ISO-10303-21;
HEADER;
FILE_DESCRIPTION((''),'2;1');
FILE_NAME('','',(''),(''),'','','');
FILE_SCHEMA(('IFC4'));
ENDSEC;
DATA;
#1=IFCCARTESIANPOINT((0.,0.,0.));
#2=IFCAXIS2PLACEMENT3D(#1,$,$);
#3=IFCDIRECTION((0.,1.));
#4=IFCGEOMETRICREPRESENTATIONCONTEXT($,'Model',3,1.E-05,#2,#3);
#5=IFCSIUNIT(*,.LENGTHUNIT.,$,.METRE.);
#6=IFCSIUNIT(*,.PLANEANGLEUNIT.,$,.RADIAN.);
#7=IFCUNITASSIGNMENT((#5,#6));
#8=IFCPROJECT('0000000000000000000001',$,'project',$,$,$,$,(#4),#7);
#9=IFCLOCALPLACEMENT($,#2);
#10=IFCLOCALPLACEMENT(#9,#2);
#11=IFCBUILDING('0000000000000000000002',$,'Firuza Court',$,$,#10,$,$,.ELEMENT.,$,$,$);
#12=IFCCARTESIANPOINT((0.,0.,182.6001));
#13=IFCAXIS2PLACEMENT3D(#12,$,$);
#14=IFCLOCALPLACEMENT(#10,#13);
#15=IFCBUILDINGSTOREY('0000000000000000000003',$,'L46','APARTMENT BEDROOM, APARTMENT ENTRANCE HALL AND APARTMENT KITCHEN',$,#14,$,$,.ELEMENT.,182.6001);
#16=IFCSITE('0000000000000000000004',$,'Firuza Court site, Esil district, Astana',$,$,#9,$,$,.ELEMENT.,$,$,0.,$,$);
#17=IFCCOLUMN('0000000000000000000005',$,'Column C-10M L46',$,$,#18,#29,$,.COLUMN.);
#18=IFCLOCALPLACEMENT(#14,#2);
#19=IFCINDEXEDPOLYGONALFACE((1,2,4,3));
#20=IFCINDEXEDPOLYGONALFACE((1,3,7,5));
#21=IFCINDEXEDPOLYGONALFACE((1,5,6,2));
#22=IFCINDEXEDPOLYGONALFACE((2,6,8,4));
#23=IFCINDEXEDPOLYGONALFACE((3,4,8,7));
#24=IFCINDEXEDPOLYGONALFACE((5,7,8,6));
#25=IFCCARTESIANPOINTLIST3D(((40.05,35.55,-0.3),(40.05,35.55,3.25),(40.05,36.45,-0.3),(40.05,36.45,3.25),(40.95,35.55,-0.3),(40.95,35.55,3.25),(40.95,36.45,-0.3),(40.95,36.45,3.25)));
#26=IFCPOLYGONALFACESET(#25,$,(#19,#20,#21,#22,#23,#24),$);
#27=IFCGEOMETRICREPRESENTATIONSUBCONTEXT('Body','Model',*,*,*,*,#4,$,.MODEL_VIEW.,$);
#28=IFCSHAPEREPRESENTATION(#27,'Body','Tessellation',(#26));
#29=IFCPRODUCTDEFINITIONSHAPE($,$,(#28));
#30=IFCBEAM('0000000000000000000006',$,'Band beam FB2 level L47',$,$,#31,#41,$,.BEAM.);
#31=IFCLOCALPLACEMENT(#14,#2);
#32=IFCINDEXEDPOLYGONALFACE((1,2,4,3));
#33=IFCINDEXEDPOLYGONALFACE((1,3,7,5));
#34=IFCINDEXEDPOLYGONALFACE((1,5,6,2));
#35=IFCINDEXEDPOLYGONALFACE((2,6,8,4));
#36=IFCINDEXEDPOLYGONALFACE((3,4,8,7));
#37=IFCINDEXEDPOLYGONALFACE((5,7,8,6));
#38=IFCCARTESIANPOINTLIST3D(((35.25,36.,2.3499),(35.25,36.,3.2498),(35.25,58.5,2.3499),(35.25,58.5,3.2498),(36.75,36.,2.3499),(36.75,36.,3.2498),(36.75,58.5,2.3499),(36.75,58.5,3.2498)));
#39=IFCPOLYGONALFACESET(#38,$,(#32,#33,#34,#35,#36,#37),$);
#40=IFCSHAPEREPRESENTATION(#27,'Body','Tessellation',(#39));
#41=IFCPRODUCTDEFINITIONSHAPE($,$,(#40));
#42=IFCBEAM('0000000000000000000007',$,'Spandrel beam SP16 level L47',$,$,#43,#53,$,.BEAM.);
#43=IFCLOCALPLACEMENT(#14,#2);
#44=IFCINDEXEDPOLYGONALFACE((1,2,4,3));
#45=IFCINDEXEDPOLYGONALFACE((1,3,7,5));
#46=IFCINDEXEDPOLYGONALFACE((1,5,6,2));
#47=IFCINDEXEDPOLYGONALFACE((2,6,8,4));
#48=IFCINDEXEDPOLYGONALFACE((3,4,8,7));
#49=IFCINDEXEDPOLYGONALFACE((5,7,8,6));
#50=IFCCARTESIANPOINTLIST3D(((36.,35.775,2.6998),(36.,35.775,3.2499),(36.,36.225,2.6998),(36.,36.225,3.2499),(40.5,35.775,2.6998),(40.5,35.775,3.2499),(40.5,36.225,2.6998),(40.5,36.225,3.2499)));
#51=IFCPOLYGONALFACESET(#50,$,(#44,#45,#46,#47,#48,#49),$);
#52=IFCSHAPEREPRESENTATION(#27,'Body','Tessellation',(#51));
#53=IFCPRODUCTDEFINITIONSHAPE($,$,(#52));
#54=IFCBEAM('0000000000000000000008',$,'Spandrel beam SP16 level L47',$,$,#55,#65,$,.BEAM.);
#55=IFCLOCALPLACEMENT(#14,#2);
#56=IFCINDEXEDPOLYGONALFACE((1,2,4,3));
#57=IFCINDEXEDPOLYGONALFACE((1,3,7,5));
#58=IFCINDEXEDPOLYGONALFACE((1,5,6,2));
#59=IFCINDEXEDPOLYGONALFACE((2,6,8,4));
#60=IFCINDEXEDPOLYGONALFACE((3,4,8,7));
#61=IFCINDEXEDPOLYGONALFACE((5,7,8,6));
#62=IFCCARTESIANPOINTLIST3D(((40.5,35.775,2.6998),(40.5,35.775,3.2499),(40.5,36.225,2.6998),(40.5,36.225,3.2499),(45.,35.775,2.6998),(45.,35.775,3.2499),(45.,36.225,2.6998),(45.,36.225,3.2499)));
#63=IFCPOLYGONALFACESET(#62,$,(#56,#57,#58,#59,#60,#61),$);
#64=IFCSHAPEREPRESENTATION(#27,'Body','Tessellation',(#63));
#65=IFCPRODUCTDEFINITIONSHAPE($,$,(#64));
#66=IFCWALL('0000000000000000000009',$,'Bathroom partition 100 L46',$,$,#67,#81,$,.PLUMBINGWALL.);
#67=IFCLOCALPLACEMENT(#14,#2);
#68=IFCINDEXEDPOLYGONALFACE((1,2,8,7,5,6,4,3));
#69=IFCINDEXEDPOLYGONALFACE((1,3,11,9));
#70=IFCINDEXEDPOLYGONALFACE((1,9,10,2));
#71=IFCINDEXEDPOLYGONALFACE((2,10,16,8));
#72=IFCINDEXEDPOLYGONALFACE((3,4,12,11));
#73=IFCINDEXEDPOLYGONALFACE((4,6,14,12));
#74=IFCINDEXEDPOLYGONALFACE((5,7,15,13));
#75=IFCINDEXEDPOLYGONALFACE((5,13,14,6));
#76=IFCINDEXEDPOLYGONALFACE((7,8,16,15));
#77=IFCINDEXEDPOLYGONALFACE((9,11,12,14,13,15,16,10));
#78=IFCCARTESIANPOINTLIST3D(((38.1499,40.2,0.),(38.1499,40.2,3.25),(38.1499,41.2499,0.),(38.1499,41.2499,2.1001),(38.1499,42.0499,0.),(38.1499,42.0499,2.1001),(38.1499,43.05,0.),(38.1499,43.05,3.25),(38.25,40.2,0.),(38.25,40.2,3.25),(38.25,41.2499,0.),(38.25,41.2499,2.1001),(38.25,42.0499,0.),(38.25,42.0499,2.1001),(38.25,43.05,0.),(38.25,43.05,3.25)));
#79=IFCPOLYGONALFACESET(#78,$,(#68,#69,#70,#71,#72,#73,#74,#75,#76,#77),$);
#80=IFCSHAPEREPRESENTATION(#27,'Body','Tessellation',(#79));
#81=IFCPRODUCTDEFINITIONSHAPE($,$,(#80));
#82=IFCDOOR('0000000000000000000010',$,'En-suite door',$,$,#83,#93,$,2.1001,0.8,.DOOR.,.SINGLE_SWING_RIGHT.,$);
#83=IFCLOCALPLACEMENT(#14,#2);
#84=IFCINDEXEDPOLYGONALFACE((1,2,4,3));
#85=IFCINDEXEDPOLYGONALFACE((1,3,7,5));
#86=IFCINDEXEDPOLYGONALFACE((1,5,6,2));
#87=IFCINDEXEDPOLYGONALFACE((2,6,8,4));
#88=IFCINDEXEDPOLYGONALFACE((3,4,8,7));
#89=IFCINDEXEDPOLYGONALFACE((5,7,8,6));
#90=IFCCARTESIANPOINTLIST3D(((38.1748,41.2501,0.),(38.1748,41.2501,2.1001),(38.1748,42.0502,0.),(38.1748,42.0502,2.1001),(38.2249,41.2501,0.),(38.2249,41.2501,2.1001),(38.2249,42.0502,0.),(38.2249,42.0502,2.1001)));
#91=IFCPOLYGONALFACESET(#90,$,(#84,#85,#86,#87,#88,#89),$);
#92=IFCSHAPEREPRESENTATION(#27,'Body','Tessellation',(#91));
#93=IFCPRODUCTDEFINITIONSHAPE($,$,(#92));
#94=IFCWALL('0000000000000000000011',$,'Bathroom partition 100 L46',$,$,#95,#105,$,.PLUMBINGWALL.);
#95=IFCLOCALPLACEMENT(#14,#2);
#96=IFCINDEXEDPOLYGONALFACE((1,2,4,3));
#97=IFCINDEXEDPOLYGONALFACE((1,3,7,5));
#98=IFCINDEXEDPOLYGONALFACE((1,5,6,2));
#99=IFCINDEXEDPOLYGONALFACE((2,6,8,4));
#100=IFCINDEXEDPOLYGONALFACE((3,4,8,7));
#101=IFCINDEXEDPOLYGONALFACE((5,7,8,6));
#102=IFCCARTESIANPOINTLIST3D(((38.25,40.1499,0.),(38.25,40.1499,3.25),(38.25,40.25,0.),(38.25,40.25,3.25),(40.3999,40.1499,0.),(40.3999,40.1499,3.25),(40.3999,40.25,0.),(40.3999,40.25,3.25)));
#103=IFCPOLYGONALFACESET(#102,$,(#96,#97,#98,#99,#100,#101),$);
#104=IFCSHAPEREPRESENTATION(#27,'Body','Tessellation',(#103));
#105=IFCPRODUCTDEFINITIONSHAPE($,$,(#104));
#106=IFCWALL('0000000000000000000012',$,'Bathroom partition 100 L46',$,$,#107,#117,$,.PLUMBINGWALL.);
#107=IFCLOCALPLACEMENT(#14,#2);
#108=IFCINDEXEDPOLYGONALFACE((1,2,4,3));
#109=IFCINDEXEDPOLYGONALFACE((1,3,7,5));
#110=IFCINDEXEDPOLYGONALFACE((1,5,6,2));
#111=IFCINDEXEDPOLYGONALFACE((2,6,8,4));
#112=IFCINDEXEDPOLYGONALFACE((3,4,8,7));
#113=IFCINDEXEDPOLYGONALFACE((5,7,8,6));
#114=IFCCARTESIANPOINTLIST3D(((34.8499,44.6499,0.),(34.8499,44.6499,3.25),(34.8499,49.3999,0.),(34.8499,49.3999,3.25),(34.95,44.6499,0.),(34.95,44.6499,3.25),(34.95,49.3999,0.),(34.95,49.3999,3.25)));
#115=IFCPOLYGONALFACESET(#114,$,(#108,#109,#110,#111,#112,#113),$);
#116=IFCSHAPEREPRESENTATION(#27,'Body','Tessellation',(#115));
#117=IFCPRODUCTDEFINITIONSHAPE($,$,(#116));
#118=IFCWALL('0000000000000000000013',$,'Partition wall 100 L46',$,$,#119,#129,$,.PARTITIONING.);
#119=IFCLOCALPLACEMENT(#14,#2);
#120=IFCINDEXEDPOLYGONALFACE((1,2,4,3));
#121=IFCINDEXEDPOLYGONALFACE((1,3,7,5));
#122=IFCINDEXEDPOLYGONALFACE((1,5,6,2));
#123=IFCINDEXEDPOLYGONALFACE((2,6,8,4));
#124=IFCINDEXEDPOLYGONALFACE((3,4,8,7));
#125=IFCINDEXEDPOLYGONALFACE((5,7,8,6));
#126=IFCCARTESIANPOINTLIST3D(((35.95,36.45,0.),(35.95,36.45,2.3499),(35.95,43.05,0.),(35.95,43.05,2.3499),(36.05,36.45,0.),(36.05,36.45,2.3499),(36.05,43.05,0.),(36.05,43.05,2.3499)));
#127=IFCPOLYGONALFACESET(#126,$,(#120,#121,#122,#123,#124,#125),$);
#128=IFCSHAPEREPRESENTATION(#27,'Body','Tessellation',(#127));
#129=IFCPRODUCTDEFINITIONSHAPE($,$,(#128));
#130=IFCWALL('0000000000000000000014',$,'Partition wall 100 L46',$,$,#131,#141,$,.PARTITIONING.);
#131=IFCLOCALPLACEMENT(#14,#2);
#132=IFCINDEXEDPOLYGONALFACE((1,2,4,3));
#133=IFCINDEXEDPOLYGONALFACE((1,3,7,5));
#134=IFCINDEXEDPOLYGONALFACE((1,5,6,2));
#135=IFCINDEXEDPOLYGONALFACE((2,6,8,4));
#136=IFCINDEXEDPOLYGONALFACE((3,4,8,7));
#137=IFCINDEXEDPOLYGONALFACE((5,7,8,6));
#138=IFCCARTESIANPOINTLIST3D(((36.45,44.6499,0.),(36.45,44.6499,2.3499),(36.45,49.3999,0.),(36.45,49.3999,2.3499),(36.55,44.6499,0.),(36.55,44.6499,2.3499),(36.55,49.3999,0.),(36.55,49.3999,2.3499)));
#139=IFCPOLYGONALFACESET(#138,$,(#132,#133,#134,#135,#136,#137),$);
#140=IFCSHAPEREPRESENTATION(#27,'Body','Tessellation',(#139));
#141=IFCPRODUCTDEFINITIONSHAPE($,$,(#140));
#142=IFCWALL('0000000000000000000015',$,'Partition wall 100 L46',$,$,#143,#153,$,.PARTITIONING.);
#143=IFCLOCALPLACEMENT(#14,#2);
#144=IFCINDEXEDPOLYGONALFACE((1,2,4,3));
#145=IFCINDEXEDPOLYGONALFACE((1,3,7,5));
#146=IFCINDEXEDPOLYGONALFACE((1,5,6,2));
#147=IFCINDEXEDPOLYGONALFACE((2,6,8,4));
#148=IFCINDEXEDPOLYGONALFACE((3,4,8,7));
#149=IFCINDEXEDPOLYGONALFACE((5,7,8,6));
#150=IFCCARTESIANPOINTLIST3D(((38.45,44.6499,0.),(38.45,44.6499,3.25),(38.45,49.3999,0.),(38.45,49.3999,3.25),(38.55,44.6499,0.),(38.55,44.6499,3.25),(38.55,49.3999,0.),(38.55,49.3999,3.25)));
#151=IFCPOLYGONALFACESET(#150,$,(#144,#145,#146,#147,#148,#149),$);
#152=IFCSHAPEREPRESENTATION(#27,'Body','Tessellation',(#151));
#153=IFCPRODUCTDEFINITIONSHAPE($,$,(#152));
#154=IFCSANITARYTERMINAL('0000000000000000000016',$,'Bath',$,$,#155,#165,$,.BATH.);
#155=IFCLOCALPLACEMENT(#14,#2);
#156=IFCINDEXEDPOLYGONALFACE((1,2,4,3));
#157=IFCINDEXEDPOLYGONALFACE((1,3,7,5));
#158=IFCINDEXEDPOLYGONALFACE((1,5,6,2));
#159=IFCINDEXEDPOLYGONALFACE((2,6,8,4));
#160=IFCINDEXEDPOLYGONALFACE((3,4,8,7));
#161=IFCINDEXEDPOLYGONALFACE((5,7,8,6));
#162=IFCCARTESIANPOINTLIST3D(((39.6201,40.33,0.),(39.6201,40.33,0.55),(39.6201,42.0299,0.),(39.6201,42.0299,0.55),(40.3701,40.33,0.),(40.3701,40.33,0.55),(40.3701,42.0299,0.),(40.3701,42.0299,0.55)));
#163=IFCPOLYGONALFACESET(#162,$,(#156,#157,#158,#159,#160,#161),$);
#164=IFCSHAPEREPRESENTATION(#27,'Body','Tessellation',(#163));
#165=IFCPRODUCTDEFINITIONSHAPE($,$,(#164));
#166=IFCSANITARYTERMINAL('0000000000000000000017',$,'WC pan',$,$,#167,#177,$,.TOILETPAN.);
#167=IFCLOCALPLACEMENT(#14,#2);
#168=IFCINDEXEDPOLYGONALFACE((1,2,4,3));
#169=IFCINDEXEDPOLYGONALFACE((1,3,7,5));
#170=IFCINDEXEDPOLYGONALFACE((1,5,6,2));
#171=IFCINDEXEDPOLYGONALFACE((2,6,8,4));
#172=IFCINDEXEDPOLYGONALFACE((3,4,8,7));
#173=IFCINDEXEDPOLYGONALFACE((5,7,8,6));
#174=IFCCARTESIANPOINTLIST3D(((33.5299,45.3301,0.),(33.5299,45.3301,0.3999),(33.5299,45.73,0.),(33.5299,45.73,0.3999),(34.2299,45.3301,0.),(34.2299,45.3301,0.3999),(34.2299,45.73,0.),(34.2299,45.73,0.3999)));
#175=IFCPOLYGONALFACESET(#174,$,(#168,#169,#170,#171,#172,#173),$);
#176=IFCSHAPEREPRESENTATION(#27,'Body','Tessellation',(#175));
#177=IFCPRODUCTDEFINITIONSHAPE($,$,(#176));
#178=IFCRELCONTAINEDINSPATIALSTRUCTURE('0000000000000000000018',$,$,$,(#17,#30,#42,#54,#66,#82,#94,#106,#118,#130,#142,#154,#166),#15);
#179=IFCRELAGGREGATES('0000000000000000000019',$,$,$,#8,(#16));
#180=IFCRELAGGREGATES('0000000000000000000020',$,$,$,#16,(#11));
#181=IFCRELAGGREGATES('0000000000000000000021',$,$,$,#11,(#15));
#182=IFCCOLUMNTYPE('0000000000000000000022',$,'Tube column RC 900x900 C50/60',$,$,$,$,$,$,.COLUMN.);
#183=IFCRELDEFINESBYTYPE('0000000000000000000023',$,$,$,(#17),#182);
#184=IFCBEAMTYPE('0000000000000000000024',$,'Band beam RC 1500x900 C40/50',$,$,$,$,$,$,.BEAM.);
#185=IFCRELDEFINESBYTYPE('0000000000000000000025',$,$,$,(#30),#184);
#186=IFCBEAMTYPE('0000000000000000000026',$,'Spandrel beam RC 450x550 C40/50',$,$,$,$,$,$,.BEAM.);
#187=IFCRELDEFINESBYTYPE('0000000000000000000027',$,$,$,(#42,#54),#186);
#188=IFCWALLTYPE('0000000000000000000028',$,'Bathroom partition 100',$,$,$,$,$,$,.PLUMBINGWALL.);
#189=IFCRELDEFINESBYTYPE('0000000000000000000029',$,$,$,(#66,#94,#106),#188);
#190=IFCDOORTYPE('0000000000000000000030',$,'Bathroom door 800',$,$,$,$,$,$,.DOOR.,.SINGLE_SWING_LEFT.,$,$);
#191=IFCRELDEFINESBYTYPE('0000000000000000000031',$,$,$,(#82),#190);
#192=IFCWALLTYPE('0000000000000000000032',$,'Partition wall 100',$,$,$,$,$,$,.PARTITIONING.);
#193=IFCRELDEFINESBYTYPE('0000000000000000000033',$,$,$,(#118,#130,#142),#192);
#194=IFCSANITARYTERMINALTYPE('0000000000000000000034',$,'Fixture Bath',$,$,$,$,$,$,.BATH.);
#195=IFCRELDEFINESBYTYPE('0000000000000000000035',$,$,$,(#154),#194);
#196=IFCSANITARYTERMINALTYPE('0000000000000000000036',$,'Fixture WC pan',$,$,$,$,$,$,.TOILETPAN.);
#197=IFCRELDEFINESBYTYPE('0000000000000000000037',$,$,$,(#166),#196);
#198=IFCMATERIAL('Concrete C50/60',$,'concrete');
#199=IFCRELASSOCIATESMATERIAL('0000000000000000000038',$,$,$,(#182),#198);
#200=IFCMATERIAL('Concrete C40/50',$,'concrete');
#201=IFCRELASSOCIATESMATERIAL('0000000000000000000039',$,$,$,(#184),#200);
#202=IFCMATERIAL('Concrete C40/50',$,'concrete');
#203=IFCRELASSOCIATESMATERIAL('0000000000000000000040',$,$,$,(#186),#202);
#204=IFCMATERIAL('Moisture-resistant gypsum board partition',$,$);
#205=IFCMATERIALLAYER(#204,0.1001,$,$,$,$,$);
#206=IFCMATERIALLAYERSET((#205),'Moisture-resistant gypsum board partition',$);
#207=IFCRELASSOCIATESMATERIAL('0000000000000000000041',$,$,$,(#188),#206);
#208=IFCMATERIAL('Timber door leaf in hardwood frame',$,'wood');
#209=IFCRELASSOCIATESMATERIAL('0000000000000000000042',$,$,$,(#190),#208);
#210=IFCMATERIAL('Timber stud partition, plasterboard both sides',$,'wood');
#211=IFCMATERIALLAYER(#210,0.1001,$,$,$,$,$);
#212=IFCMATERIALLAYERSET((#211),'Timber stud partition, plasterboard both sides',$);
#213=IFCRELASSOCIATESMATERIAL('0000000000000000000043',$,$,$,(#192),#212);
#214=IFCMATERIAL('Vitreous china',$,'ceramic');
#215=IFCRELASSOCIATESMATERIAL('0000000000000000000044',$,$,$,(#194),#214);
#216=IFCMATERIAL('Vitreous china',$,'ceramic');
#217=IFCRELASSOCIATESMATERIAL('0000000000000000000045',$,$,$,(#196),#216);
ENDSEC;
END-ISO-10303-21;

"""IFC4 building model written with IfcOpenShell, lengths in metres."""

from ifc_helpers import new_model, si_unit, direction, frame, frame_2d, origin, origin_2d, place, context, subcontext, project, spatial, rectangle, extrude, material, layer, layer_set, material_profile, profile_set, type_object, element, fill, save


model = new_model("IFC4")

# Units and contexts
model_context = context("Model", 3, precision=1e-05, world=origin(), true_north=direction((0.0, 1.0)))
body_context = subcontext(model_context, "Body", "Model", "MODEL_VIEW")
ifc_project = project(units=[si_unit("LENGTHUNIT", "METRE"), si_unit("PLANEANGLEUNIT", "RADIAN")], contexts=[model_context])

# Site, building, storey
site_placement = place(None, origin())
site = spatial("IfcSite", under=ifc_project, at=site_placement, Name="Firuza Court site, Esil district, Astana", CompositionType="ELEMENT", RefElevation=0.0)
building_placement = place(site_placement, origin())
building = spatial("IfcBuilding", under=site, at=building_placement, Name="Firuza Court", CompositionType="ELEMENT")
storey_placement = place(building_placement, frame((0.0, 0.0, 182.6001)))
storey = spatial("IfcBuildingStorey", under=building, at=storey_placement, Name="L46", Description="APARTMENT BEDROOM, APARTMENT ENTRANCE HALL AND APARTMENT KITCHEN", CompositionType="ELEMENT", Elevation=182.6001)

# Column
ifc_material_1 = material(Name="Concrete C50/60", Category="concrete")
ifc_material_profile_1 = material_profile(ifc_material_1, rectangle(XDim=0.8999, YDim=0.8999, at=origin_2d()), Name="RC 900x900")
ifc_profile_set_1 = profile_set([ifc_material_profile_1], Name="Concrete C50/60")
column_type = type_object("IfcColumnType", Name="Tube column RC 900x900 C50/60", PredefinedType="COLUMN", material=ifc_profile_set_1)
column_placement = place(storey_placement, frame((40.5, 36.0, -0.3), z_axis=(0.0, 0.0, 1.0), x_axis=(1.0, 0.0, 0.0)))
element("IfcColumn", 1, at=column_placement, inside=storey, type_object=column_type, Name="Column C-10M L46", PredefinedType="COLUMN", context=body_context, shape_type="SweptSolid", body=[
    extrude(rectangle(XDim=0.8999, YDim=0.8999, at=origin_2d()), origin(), (0.0, 0.0, 1.0), 3.55),
])

# Beams
ifc_material_2 = material(Name="Concrete C40/50", Category="concrete")
ifc_material_profile_2 = material_profile(ifc_material_2, rectangle(XDim=1.5, YDim=0.8999, at=origin_2d()), Name="RC 1500x900")
ifc_profile_set_2 = profile_set([ifc_material_profile_2], Name="Concrete C40/50")
beam_type_1 = type_object("IfcBeamType", Name="Band beam RC 1500x900 C40/50", PredefinedType="BEAM", material=ifc_profile_set_2)
beam_placement = place(storey_placement, frame((36.0, 36.0, 2.7998), z_axis=(0.0, 1.0, 0.0), x_axis=(-1.0, 0.0, 0.0)))
element("IfcBeam", 2, at=beam_placement, inside=storey, type_object=beam_type_1, Name="Band beam FB2 level L47", PredefinedType="BEAM", context=body_context, shape_type="SweptSolid", body=[
    extrude(rectangle(XDim=1.5, YDim=0.8999, at=origin_2d()), origin(), (0.0, 0.0, 1.0), 22.5),
])
ifc_material_3 = material(Name="Concrete C40/50", Category="concrete")
ifc_material_profile_3 = material_profile(ifc_material_3, rectangle(XDim=0.45, YDim=0.55, at=origin_2d()), Name="RC 450x550")
ifc_profile_set_3 = profile_set([ifc_material_profile_3], Name="Concrete C40/50")
beam_type_2 = type_object("IfcBeamType", Name="Spandrel beam RC 450x550 C40/50", PredefinedType="BEAM", material=ifc_profile_set_3)
for number, where, z_axis, x_axis, name in (
    (3, (36.0, 36.0, 2.9749), (1.0, 0.0, 0.0), (0.0, 1.0, 0.0), "Spandrel beam SP16 level L47"),
    (4, (40.5, 36.0, 2.9749), (1.0, 0.0, 0.0), (0.0, 1.0, 0.0), "Spandrel beam SP16 level L47"),
):
    element("IfcBeam", number, at=place(storey_placement, frame(where, z_axis=z_axis, x_axis=x_axis)), inside=storey, type_object=beam_type_2, Name=name, PredefinedType="BEAM", context=body_context, shape_type="SweptSolid", body=[
        extrude(rectangle(XDim=0.45, YDim=0.55, at=origin_2d()), origin(), (0.0, 0.0, 1.0), 4.5),
    ])

# Wall, opening, door
ifc_material_4 = material(Name="Moisture-resistant gypsum board partition")
ifc_layer_1 = layer(ifc_material_4, 0.1001)
ifc_layer_set_1 = layer_set([ifc_layer_1], Name="Moisture-resistant gypsum board partition")
wall_type_1 = type_object("IfcWallType", Name="Bathroom partition 100", PredefinedType="PLUMBINGWALL", material=ifc_layer_set_1)
wall_1_placement = place(storey_placement, frame((38.2, 40.2, 0.0), z_axis=(0.0, 0.0, 1.0), x_axis=(0.0, 1.0, 0.0)))
wall_1 = element("IfcWall", 5, at=wall_1_placement, inside=storey, type_object=wall_type_1, Name="Bathroom partition 100 L46", PredefinedType="PLUMBINGWALL", context=body_context, shape_type="SweptSolid", body=[
    extrude(rectangle(XDim=2.8501, YDim=0.1001, at=frame_2d((1.425, 0.0))), origin(), (0.0, 0.0, 1.0), 3.25),
])
opening_placement = place(wall_1_placement, frame((1.05, 0.0, 0.0)))
opening = element("IfcOpeningElement", 6, at=opening_placement, cuts=wall_1, PredefinedType="OPENING", context=body_context, shape_type="SweptSolid", body=[
    extrude(rectangle(XDim=0.8, YDim=2.1001, at=frame_2d((0.3999, 1.05))), frame((0.0, 0.062, 0.0), z_axis=(0.0, -1.0, 0.0), x_axis=(1.0, 0.0, 0.0)), (0.0, 0.0, 1.0), 0.124),
])
ifc_material_5 = material(Name="Timber door leaf in hardwood frame", Category="wood")
door_type = type_object("IfcDoorType", Name="Bathroom door 800", OperationType="SINGLE_SWING_LEFT", PredefinedType="DOOR", material=ifc_material_5)
door_placement = place(opening_placement, frame((0.8, 0.0, 0.0), z_axis=(0.0, 0.0, 1.0), x_axis=(-1.0, 0.0, 0.0)))
door = element("IfcDoor", 7, at=door_placement, inside=storey, type_object=door_type, Name="En-suite door", OperationType="SINGLE_SWING_RIGHT", OverallHeight=2.1001, OverallWidth=0.8, PredefinedType="DOOR", context=body_context, shape_type="SweptSolid", body=[
    extrude(rectangle(XDim=0.8, YDim=2.1001, at=frame_2d((0.3999, 1.05))), frame((0.0, 0.0249, 0.0), z_axis=(0.0, -1.0, 0.0), x_axis=(1.0, 0.0, 0.0)), (0.0, 0.0, 1.0), 0.05),
])
fill(opening, door)

# Walls
wall_2_placement = place(storey_placement, frame((38.25, 40.2, 0.0), z_axis=(0.0, 0.0, 1.0), x_axis=(1.0, 0.0, 0.0)))
element("IfcWall", 8, at=wall_2_placement, inside=storey, type_object=wall_type_1, Name="Bathroom partition 100 L46", PredefinedType="PLUMBINGWALL", context=body_context, shape_type="SweptSolid", body=[
    extrude(rectangle(XDim=2.1499, YDim=0.1001, at=frame_2d((1.075, 0.0))), origin(), (0.0, 0.0, 1.0), 3.25),
])
wall_3_placement = place(storey_placement, frame((34.8999, 44.6499, 0.0), z_axis=(0.0, 0.0, 1.0), x_axis=(0.0, 1.0, 0.0)))
element("IfcWall", 9, at=wall_3_placement, inside=storey, type_object=wall_type_1, Name="Bathroom partition 100 L46", PredefinedType="PLUMBINGWALL", context=body_context, shape_type="SweptSolid", body=[
    extrude(rectangle(XDim=4.75, YDim=0.1001, at=frame_2d((2.375, 0.0))), origin(), (0.0, 0.0, 1.0), 3.25),
])
ifc_material_6 = material(Name="Timber stud partition, plasterboard both sides", Category="wood")
ifc_layer_2 = layer(ifc_material_6, 0.1001)
ifc_layer_set_2 = layer_set([ifc_layer_2], Name="Timber stud partition, plasterboard both sides")
wall_type_2 = type_object("IfcWallType", Name="Partition wall 100", PredefinedType="PARTITIONING", material=ifc_layer_set_2)
wall_4_placement = place(storey_placement, frame((36.0, 36.45, 0.0), z_axis=(0.0, 0.0, 1.0), x_axis=(0.0, 1.0, 0.0)))
element("IfcWall", 10, at=wall_4_placement, inside=storey, type_object=wall_type_2, Name="Partition wall 100 L46", PredefinedType="PARTITIONING", context=body_context, shape_type="SweptSolid", body=[
    extrude(rectangle(XDim=6.6001, YDim=0.1001, at=frame_2d((3.3, 0.0))), origin(), (0.0, 0.0, 1.0), 2.3499),
])
wall_5_placement = place(storey_placement, frame((36.5, 44.6499, 0.0), z_axis=(0.0, 0.0, 1.0), x_axis=(0.0, 1.0, 0.0)))
element("IfcWall", 11, at=wall_5_placement, inside=storey, type_object=wall_type_2, Name="Partition wall 100 L46", PredefinedType="PARTITIONING", context=body_context, shape_type="SweptSolid", body=[
    extrude(rectangle(XDim=4.75, YDim=0.1001, at=frame_2d((2.375, 0.0))), origin(), (0.0, 0.0, 1.0), 2.3499),
])
wall_6_placement = place(storey_placement, frame((38.5, 44.6499, 0.0), z_axis=(0.0, 0.0, 1.0), x_axis=(0.0, 1.0, 0.0)))
element("IfcWall", 12, at=wall_6_placement, inside=storey, type_object=wall_type_2, Name="Partition wall 100 L46", PredefinedType="PARTITIONING", context=body_context, shape_type="SweptSolid", body=[
    extrude(rectangle(XDim=4.75, YDim=0.1001, at=frame_2d((2.375, 0.0))), origin(), (0.0, 0.0, 1.0), 3.25),
])

# Sanitary terminals
ifc_material_7 = material(Name="Vitreous china", Category="ceramic")
sanitary_terminal_type_1 = type_object("IfcSanitaryTerminalType", Name="Fixture Bath", PredefinedType="BATH", material=ifc_material_7)
sanitary_terminal_1_placement = place(storey_placement, frame((39.9951, 41.1799, 0.0), z_axis=(0.0, 0.0, 1.0), x_axis=(1.0, 0.0, 0.0)))
element("IfcSanitaryTerminal", 13, at=sanitary_terminal_1_placement, inside=storey, type_object=sanitary_terminal_type_1, Name="Bath", PredefinedType="BATH", context=body_context, shape_type="SweptSolid", body=[
    extrude(rectangle(XDim=0.75, YDim=1.7, at=origin_2d()), origin(), (0.0, 0.0, 1.0), 0.55),
])
ifc_material_8 = material(Name="Vitreous china", Category="ceramic")
sanitary_terminal_type_2 = type_object("IfcSanitaryTerminalType", Name="Fixture WC pan", PredefinedType="TOILETPAN", material=ifc_material_8)
for number, where, z_axis, x_axis, name in (
    (14, (33.8799, 45.53, 0.0), (0.0, 0.0, 1.0), (1.0, 0.0, 0.0), "WC pan"),
):
    element("IfcSanitaryTerminal", number, at=place(storey_placement, frame(where, z_axis=z_axis, x_axis=x_axis)), inside=storey, type_object=sanitary_terminal_type_2, Name=name, PredefinedType="TOILETPAN", context=body_context, shape_type="SweptSolid", body=[
        extrude(rectangle(XDim=0.7, YDim=0.3999, at=origin_2d()), origin(), (0.0, 0.0, 1.0), 0.3999),
    ])

save(model, "model.ifc")
